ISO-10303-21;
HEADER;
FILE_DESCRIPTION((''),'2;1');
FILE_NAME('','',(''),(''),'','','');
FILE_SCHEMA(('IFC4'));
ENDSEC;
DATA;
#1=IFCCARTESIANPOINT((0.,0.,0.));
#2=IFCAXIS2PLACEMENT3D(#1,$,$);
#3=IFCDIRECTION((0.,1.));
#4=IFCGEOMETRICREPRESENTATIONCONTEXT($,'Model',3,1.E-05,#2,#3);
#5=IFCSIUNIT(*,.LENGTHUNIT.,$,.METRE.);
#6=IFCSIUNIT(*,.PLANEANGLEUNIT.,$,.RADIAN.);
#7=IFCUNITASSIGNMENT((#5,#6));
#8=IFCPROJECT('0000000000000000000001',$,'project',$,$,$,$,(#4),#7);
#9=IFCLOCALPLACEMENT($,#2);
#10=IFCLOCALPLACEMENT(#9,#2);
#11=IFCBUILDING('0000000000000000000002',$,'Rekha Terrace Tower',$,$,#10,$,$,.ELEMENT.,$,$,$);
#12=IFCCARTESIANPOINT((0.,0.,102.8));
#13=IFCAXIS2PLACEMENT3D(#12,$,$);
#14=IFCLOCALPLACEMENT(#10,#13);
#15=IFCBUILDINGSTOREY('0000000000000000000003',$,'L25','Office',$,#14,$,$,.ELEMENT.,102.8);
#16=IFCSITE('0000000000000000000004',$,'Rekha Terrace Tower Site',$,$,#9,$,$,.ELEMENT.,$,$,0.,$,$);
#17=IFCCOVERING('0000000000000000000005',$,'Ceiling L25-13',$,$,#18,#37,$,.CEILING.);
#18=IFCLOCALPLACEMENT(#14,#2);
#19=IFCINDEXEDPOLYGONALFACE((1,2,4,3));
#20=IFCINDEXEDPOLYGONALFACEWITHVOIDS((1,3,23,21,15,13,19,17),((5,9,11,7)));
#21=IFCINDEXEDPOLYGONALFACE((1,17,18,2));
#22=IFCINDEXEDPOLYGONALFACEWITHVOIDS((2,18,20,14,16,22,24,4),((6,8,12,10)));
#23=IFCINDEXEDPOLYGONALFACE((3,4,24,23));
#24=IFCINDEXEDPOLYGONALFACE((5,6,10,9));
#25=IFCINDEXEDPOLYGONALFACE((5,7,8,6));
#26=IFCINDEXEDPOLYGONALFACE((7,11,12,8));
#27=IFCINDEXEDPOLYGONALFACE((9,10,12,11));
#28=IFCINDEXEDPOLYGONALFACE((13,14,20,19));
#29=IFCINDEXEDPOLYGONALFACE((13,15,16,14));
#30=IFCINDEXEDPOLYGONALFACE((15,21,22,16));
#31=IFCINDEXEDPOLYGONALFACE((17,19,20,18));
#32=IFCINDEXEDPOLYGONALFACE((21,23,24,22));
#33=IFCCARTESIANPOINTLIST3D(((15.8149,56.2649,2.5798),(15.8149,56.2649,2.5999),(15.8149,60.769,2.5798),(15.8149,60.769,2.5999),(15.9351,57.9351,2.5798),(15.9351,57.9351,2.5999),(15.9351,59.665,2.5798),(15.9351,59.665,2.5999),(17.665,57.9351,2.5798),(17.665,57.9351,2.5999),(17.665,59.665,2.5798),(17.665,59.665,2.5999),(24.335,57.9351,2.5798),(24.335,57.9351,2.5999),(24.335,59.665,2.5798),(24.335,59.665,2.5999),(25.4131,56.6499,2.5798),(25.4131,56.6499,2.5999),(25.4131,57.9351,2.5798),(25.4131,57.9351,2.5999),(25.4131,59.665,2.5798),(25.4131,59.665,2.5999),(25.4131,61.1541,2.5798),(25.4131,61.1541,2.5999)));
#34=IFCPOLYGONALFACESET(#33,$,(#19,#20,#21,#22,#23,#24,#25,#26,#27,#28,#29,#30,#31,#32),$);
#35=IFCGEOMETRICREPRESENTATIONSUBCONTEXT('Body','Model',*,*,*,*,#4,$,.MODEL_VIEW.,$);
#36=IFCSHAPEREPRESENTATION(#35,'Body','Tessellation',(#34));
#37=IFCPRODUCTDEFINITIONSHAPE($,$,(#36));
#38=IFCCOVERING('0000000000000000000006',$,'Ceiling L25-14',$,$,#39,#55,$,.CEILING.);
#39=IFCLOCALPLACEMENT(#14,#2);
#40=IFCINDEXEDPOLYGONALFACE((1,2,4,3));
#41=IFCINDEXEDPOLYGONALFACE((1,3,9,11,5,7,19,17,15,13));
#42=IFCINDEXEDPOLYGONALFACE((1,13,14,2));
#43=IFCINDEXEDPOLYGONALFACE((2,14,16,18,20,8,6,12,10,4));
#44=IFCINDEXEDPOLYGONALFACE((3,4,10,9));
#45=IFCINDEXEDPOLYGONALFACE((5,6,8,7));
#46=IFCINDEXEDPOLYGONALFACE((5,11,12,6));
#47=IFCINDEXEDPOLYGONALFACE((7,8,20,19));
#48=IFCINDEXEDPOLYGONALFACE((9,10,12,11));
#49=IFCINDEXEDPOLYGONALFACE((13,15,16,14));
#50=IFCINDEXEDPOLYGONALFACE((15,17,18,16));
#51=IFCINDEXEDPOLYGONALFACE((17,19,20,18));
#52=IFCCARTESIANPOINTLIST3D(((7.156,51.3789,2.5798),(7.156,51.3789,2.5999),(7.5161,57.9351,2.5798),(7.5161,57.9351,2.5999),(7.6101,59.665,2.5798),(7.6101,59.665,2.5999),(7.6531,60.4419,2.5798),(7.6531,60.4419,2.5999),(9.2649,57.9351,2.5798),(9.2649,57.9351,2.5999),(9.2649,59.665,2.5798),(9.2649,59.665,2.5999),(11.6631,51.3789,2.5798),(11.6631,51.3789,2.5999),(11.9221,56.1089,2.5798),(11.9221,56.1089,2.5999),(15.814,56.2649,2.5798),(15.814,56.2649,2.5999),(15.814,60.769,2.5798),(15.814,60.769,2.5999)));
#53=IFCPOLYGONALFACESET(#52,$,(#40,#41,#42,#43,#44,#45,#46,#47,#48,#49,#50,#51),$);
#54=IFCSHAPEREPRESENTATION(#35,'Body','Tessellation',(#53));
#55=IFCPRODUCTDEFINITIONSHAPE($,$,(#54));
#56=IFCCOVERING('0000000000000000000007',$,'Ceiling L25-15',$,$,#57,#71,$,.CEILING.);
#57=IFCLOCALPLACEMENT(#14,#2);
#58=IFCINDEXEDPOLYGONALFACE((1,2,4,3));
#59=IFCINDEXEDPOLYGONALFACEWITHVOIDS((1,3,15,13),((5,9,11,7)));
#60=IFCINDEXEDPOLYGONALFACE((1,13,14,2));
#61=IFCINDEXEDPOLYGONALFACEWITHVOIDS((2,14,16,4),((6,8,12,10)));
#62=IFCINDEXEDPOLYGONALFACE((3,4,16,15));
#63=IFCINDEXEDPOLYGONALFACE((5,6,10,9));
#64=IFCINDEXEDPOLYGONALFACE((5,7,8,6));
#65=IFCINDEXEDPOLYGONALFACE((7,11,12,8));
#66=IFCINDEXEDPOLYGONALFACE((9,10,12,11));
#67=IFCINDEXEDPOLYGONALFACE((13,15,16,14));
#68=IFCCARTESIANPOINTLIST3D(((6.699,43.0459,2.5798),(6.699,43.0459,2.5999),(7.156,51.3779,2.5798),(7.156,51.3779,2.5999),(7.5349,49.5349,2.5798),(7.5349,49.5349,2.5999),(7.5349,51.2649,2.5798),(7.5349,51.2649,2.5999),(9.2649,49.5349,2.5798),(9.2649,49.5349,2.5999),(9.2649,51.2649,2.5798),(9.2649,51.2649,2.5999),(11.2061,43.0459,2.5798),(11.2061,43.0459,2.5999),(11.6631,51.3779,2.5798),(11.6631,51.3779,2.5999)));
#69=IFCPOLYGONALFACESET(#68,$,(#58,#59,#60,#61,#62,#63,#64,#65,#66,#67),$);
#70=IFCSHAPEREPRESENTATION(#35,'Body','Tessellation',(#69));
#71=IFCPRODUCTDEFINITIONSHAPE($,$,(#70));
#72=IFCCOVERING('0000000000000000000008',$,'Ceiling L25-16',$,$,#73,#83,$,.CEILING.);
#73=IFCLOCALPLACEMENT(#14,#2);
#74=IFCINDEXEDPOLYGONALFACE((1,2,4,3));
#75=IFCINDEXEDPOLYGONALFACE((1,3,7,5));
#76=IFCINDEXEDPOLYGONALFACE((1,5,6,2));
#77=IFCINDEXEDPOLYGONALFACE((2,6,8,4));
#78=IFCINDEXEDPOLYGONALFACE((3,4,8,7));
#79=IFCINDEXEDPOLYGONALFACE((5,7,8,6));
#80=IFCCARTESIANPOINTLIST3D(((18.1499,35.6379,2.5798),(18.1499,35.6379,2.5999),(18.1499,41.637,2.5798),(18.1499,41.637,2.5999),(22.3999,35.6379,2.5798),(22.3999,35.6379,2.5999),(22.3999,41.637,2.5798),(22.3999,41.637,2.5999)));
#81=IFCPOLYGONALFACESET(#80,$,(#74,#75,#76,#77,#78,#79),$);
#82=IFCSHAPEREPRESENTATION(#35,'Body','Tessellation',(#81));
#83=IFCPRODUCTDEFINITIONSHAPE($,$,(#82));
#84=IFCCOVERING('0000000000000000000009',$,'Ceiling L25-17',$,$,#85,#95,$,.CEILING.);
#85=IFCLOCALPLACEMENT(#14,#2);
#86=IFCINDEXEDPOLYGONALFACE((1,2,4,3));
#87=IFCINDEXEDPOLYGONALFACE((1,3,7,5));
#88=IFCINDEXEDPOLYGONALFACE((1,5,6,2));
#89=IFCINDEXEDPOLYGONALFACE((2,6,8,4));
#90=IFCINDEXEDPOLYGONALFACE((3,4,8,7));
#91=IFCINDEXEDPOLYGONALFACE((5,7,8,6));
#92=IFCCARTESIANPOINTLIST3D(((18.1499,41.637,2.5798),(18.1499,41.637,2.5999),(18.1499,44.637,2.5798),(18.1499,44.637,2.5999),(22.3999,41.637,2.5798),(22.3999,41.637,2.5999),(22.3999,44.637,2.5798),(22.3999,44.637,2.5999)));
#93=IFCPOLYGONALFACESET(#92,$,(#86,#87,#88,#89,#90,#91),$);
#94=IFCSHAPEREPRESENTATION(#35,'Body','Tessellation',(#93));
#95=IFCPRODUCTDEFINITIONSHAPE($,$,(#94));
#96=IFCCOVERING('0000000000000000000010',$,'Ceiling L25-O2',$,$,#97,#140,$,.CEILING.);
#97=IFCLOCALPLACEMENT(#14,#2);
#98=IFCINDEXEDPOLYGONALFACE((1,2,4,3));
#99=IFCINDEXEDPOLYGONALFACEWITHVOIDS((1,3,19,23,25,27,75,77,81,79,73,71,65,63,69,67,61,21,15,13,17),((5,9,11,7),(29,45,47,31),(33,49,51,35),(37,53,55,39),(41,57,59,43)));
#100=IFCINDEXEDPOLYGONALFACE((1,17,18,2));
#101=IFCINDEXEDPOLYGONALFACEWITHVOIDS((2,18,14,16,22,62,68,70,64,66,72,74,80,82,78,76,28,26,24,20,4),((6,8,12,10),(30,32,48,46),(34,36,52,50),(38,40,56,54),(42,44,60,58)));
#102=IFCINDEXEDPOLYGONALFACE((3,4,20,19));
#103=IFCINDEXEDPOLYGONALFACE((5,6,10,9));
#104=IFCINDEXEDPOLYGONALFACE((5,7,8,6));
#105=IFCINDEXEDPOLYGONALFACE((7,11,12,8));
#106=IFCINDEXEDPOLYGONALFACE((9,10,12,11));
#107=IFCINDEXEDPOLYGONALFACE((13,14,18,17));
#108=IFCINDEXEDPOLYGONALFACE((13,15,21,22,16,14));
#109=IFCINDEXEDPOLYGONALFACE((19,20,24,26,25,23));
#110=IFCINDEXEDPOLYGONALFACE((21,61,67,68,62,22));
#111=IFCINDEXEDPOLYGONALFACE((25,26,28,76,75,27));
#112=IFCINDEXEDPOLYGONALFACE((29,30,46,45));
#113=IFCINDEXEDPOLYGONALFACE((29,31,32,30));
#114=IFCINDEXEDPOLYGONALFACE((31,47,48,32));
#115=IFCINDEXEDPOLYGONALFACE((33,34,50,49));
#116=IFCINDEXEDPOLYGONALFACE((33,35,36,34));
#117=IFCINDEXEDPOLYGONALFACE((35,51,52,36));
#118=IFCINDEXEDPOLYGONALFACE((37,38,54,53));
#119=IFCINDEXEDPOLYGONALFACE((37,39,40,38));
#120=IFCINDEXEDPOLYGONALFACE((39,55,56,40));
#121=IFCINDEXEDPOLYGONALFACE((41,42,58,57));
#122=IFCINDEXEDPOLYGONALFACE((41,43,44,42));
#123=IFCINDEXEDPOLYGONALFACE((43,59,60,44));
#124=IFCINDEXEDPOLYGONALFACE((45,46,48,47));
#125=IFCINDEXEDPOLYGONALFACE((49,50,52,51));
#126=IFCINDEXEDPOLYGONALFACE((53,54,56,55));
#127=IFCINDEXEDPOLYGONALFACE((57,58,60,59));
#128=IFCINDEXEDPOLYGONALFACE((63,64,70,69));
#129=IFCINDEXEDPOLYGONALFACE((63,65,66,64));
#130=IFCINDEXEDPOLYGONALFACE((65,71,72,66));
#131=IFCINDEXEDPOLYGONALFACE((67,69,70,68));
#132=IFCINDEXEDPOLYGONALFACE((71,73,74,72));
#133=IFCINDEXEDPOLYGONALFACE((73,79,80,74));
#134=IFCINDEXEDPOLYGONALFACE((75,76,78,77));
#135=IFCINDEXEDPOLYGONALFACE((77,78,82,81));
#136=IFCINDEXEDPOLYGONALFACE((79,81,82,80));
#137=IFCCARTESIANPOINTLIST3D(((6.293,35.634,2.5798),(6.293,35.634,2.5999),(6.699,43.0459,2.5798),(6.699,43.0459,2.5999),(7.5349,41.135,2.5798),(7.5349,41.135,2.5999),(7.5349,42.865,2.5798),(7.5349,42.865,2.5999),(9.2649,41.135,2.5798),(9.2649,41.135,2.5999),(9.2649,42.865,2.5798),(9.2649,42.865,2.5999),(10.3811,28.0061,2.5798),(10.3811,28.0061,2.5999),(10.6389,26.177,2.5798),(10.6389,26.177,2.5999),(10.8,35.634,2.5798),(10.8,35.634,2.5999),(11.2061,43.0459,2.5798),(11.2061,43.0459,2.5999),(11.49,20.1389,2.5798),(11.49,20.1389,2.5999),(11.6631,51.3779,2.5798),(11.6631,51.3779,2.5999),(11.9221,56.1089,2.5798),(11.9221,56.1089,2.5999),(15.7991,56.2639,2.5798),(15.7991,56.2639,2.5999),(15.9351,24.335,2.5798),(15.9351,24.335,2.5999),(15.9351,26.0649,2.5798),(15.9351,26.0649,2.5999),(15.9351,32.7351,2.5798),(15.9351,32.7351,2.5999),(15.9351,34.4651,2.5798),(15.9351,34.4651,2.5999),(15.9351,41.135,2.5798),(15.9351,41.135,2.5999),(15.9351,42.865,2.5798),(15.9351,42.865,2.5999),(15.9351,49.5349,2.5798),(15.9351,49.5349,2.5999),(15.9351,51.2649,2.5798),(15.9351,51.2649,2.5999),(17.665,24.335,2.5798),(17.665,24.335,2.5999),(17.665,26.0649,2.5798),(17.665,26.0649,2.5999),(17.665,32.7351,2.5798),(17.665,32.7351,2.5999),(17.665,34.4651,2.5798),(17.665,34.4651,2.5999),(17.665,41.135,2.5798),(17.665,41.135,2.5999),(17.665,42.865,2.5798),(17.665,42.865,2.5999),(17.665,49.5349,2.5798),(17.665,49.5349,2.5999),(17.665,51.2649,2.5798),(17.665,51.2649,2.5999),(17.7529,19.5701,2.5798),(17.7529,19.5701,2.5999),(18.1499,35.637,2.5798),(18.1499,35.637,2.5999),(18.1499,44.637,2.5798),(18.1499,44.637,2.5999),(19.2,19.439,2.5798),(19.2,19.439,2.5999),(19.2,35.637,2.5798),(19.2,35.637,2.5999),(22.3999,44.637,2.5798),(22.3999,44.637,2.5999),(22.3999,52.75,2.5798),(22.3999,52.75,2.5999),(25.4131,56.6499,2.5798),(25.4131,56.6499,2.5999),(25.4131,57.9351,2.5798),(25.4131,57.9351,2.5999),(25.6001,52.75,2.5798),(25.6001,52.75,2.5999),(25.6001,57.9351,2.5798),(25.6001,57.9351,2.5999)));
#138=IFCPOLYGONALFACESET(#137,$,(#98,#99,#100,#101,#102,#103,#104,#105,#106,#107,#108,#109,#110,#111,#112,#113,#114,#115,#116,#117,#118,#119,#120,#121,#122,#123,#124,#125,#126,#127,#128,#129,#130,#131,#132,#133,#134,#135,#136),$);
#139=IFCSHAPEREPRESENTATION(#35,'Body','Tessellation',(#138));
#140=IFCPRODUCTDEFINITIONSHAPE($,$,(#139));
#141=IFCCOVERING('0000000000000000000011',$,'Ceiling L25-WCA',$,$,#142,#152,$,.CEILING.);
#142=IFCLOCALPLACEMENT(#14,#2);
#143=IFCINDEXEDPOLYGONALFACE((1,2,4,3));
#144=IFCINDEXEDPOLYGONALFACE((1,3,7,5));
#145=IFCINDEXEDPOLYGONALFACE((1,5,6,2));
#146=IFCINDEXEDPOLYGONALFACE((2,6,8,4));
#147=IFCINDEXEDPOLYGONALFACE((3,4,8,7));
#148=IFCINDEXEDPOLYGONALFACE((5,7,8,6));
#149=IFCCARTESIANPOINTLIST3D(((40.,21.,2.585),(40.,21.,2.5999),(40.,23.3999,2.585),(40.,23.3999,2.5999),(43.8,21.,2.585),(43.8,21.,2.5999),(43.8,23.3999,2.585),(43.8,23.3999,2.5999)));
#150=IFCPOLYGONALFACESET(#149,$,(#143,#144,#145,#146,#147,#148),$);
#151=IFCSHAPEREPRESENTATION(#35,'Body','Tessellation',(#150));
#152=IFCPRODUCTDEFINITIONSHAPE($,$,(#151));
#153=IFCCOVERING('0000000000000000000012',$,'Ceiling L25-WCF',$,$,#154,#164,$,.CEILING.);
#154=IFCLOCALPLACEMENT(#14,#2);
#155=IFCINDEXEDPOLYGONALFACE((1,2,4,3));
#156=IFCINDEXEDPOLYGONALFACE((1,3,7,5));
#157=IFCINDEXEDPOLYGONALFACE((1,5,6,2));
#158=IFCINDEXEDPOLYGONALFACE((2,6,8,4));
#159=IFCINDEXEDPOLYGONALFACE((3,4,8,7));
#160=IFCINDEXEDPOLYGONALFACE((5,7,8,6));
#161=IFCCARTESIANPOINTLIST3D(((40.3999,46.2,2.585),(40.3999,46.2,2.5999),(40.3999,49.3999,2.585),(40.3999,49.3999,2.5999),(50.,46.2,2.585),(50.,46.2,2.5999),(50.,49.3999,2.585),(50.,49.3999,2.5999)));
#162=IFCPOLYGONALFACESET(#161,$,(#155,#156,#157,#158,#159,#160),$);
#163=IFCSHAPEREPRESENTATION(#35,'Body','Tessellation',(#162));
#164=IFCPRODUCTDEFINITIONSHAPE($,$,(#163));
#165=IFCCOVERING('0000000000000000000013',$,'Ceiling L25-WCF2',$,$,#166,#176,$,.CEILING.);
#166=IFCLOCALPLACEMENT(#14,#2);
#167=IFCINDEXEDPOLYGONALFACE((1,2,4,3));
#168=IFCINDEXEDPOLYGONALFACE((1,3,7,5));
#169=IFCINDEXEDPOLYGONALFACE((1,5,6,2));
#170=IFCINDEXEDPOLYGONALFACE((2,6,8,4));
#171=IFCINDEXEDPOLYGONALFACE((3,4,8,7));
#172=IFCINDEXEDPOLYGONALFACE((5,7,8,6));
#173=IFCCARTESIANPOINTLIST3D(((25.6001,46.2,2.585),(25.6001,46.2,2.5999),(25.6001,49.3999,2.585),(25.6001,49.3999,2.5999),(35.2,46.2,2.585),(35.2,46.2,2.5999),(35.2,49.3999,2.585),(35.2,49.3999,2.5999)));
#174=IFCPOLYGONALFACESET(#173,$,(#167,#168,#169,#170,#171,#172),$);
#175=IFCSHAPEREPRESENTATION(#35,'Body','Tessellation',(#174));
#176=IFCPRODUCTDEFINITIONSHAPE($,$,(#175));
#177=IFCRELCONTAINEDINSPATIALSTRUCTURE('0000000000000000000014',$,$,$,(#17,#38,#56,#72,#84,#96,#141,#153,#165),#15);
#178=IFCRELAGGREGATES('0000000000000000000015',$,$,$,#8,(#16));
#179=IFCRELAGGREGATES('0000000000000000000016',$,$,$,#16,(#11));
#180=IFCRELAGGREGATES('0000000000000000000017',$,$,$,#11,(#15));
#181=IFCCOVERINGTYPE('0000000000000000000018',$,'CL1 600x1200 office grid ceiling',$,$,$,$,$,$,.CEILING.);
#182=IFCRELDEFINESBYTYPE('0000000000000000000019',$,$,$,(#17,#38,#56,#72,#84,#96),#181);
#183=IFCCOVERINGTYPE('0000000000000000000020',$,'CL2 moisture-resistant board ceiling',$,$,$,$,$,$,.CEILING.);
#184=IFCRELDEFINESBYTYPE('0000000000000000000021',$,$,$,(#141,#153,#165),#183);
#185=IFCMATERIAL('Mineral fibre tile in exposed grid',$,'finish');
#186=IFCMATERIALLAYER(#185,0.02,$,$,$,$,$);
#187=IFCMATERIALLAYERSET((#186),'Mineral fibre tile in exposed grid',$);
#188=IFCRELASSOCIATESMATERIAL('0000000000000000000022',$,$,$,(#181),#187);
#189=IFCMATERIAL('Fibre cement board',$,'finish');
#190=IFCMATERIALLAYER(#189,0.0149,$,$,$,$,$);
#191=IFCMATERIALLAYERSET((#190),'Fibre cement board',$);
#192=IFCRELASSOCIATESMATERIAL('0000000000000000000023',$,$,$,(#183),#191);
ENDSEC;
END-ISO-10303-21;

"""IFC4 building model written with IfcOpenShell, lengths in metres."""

from ifc_helpers import new_model, si_unit, direction, frame, origin, place, context, subcontext, project, spatial, polyline, outline, extrude, material, layer, layer_set, type_object, element, save


model = new_model("IFC4")

# Units and contexts
model_context = context("Model", 3, precision=1e-05, world=origin(), true_north=direction((0.0, 1.0)))
body_context = subcontext(model_context, "Body", "Model", "MODEL_VIEW")
ifc_project = project(units=[si_unit("LENGTHUNIT", "METRE"), si_unit("PLANEANGLEUNIT", "RADIAN")], contexts=[model_context])

# Site, building, storey
site_placement = place(None, origin())
site = spatial("IfcSite", under=ifc_project, at=site_placement, Name="Rekha Terrace Tower Site", CompositionType="ELEMENT", RefElevation=0.0)
building_placement = place(site_placement, origin())
building = spatial("IfcBuilding", under=site, at=building_placement, Name="Rekha Terrace Tower", CompositionType="ELEMENT")
storey_placement = place(building_placement, frame((0.0, 0.0, 102.8)))
storey = spatial("IfcBuildingStorey", under=building, at=storey_placement, Name="L25", Description="Office", CompositionType="ELEMENT", Elevation=102.8)

# Coverings
ifc_material_1 = material(Name="Mineral fibre tile in exposed grid", Category="finish")
ifc_layer_1 = layer(ifc_material_1, 0.02)
ifc_layer_set_1 = layer_set([ifc_layer_1], Name="Mineral fibre tile in exposed grid")
covering_type_1 = type_object("IfcCoveringType", Name="CL1 600x1200 office grid ceiling", PredefinedType="CEILING", material=ifc_layer_set_1)
covering_1_placement = place(storey_placement, frame((0.0, 0.0, 2.5798)))
element("IfcCovering", 1, at=covering_1_placement, inside=storey, type_object=covering_type_1, Name="Ceiling L25-13", PredefinedType="CEILING", context=body_context, shape_type="SweptSolid", body=[
    extrude(outline(polyline([(25.4131, 61.1541), (15.8149, 60.769), (15.8149, 56.2649), (25.4131, 56.6499), (25.4131, 57.9351), (24.335, 57.9351), (24.335, 59.665), (25.4131, 59.665), (25.4131, 61.1541)]), holes=[polyline([(17.665, 57.9351), (15.9351, 57.9351), (15.9351, 59.665), (17.665, 59.665), (17.665, 57.9351)])]), origin(), (0.0, 0.0, 1.0), 0.02),
])
covering_2_placement = place(storey_placement, frame((0.0, 0.0, 2.5798)))
element("IfcCovering", 2, at=covering_2_placement, inside=storey, type_object=covering_type_1, Name="Ceiling L25-14", PredefinedType="CEILING", context=body_context, shape_type="SweptSolid", body=[
    extrude(outline(polyline([(7.5161, 57.9351), (7.156, 51.3789), (11.6631, 51.3789), (11.9221, 56.1089), (15.814, 56.2649), (15.814, 60.769), (7.6531, 60.4419), (7.6101, 59.665), (9.2649, 59.665), (9.2649, 57.9351), (7.5161, 57.9351)])), origin(), (0.0, 0.0, 1.0), 0.02),
])
covering_3_placement = place(storey_placement, frame((0.0, 0.0, 2.5798)))
element("IfcCovering", 3, at=covering_3_placement, inside=storey, type_object=covering_type_1, Name="Ceiling L25-15", PredefinedType="CEILING", context=body_context, shape_type="SweptSolid", body=[
    extrude(outline(polyline([(11.6631, 51.3779), (7.156, 51.3779), (6.699, 43.0459), (11.2061, 43.0459), (11.6631, 51.3779)]), holes=[polyline([(9.2649, 51.2649), (9.2649, 49.5349), (7.5349, 49.5349), (7.5349, 51.2649), (9.2649, 51.2649)])]), origin(), (0.0, 0.0, 1.0), 0.02),
])
covering_4_placement = place(storey_placement, frame((0.0, 0.0, 2.5798)))
element("IfcCovering", 4, at=covering_4_placement, inside=storey, type_object=covering_type_1, Name="Ceiling L25-16", PredefinedType="CEILING", context=body_context, shape_type="SweptSolid", body=[
    extrude(outline(polyline([(22.3999, 41.637), (18.1499, 41.637), (18.1499, 35.6379), (22.3999, 35.6379), (22.3999, 41.637)])), origin(), (0.0, 0.0, 1.0), 0.02),
])
covering_5_placement = place(storey_placement, frame((0.0, 0.0, 2.5798)))
element("IfcCovering", 5, at=covering_5_placement, inside=storey, type_object=covering_type_1, Name="Ceiling L25-17", PredefinedType="CEILING", context=body_context, shape_type="SweptSolid", body=[
    extrude(outline(polyline([(22.3999, 44.637), (18.1499, 44.637), (18.1499, 41.637), (22.3999, 41.637), (22.3999, 44.637)])), origin(), (0.0, 0.0, 1.0), 0.02),
])
covering_6_placement = place(storey_placement, frame((0.0, 0.0, 2.5798)))
element("IfcCovering", 6, at=covering_6_placement, inside=storey, type_object=covering_type_1, Name="Ceiling L25-O2", PredefinedType="CEILING", context=body_context, shape_type="SweptSolid", body=[
    extrude(outline(polyline([(10.3811, 28.0061), (10.6389, 26.177), (11.49, 20.1389), (17.7529, 19.5701), (19.2, 19.439), (19.2, 35.637), (18.1499, 35.637), (18.1499, 44.637), (22.3999, 44.637), (22.3999, 52.75), (25.6001, 52.75), (25.6001, 57.9351), (25.4131, 57.9351), (25.4131, 56.6499), (15.7991, 56.2639), (11.9221, 56.1089), (11.6631, 51.3779), (11.2061, 43.0459), (6.699, 43.0459), (6.293, 35.634), (10.8, 35.634), (10.3811, 28.0061)]), holes=[polyline([(17.665, 26.0649), (17.665, 24.335), (15.9351, 24.335), (15.9351, 26.0649), (17.665, 26.0649)]), polyline([(17.665, 34.4651), (17.665, 32.7351), (15.9351, 32.7351), (15.9351, 34.4651), (17.665, 34.4651)]), polyline([(17.665, 41.135), (15.9351, 41.135), (15.9351, 42.865), (17.665, 42.865), (17.665, 41.135)]), polyline([(17.665, 49.5349), (15.9351, 49.5349), (15.9351, 51.2649), (17.665, 51.2649), (17.665, 49.5349)]), polyline([(9.2649, 41.135), (7.5349, 41.135), (7.5349, 42.865), (9.2649, 42.865), (9.2649, 41.135)])]), origin(), (0.0, 0.0, 1.0), 0.02),
])
ifc_material_2 = material(Name="Fibre cement board", Category="finish")
ifc_layer_2 = layer(ifc_material_2, 0.0149)
ifc_layer_set_2 = layer_set([ifc_layer_2], Name="Fibre cement board")
covering_type_2 = type_object("IfcCoveringType", Name="CL2 moisture-resistant board ceiling", PredefinedType="CEILING", material=ifc_layer_set_2)
covering_7_placement = place(storey_placement, frame((0.0, 0.0, 2.585)))
element("IfcCovering", 7, at=covering_7_placement, inside=storey, type_object=covering_type_2, Name="Ceiling L25-WCA", PredefinedType="CEILING", context=body_context, shape_type="SweptSolid", body=[
    extrude(outline(polyline([(43.8, 23.3999), (40.0, 23.3999), (40.0, 21.0), (43.8, 21.0), (43.8, 23.3999)])), origin(), (0.0, 0.0, 1.0), 0.0149),
])
covering_8_placement = place(storey_placement, frame((0.0, 0.0, 2.585)))
element("IfcCovering", 8, at=covering_8_placement, inside=storey, type_object=covering_type_2, Name="Ceiling L25-WCF", PredefinedType="CEILING", context=body_context, shape_type="SweptSolid", body=[
    extrude(outline(polyline([(50.0, 49.3999), (40.3999, 49.3999), (40.3999, 46.2), (50.0, 46.2), (50.0, 49.3999)])), origin(), (0.0, 0.0, 1.0), 0.0149),
])
covering_9_placement = place(storey_placement, frame((0.0, 0.0, 2.585)))
element("IfcCovering", 9, at=covering_9_placement, inside=storey, type_object=covering_type_2, Name="Ceiling L25-WCF2", PredefinedType="CEILING", context=body_context, shape_type="SweptSolid", body=[
    extrude(outline(polyline([(35.2, 49.3999), (25.6001, 49.3999), (25.6001, 46.2), (35.2, 46.2), (35.2, 49.3999)])), origin(), (0.0, 0.0, 1.0), 0.0149),
])

save(model, "model.ifc")
